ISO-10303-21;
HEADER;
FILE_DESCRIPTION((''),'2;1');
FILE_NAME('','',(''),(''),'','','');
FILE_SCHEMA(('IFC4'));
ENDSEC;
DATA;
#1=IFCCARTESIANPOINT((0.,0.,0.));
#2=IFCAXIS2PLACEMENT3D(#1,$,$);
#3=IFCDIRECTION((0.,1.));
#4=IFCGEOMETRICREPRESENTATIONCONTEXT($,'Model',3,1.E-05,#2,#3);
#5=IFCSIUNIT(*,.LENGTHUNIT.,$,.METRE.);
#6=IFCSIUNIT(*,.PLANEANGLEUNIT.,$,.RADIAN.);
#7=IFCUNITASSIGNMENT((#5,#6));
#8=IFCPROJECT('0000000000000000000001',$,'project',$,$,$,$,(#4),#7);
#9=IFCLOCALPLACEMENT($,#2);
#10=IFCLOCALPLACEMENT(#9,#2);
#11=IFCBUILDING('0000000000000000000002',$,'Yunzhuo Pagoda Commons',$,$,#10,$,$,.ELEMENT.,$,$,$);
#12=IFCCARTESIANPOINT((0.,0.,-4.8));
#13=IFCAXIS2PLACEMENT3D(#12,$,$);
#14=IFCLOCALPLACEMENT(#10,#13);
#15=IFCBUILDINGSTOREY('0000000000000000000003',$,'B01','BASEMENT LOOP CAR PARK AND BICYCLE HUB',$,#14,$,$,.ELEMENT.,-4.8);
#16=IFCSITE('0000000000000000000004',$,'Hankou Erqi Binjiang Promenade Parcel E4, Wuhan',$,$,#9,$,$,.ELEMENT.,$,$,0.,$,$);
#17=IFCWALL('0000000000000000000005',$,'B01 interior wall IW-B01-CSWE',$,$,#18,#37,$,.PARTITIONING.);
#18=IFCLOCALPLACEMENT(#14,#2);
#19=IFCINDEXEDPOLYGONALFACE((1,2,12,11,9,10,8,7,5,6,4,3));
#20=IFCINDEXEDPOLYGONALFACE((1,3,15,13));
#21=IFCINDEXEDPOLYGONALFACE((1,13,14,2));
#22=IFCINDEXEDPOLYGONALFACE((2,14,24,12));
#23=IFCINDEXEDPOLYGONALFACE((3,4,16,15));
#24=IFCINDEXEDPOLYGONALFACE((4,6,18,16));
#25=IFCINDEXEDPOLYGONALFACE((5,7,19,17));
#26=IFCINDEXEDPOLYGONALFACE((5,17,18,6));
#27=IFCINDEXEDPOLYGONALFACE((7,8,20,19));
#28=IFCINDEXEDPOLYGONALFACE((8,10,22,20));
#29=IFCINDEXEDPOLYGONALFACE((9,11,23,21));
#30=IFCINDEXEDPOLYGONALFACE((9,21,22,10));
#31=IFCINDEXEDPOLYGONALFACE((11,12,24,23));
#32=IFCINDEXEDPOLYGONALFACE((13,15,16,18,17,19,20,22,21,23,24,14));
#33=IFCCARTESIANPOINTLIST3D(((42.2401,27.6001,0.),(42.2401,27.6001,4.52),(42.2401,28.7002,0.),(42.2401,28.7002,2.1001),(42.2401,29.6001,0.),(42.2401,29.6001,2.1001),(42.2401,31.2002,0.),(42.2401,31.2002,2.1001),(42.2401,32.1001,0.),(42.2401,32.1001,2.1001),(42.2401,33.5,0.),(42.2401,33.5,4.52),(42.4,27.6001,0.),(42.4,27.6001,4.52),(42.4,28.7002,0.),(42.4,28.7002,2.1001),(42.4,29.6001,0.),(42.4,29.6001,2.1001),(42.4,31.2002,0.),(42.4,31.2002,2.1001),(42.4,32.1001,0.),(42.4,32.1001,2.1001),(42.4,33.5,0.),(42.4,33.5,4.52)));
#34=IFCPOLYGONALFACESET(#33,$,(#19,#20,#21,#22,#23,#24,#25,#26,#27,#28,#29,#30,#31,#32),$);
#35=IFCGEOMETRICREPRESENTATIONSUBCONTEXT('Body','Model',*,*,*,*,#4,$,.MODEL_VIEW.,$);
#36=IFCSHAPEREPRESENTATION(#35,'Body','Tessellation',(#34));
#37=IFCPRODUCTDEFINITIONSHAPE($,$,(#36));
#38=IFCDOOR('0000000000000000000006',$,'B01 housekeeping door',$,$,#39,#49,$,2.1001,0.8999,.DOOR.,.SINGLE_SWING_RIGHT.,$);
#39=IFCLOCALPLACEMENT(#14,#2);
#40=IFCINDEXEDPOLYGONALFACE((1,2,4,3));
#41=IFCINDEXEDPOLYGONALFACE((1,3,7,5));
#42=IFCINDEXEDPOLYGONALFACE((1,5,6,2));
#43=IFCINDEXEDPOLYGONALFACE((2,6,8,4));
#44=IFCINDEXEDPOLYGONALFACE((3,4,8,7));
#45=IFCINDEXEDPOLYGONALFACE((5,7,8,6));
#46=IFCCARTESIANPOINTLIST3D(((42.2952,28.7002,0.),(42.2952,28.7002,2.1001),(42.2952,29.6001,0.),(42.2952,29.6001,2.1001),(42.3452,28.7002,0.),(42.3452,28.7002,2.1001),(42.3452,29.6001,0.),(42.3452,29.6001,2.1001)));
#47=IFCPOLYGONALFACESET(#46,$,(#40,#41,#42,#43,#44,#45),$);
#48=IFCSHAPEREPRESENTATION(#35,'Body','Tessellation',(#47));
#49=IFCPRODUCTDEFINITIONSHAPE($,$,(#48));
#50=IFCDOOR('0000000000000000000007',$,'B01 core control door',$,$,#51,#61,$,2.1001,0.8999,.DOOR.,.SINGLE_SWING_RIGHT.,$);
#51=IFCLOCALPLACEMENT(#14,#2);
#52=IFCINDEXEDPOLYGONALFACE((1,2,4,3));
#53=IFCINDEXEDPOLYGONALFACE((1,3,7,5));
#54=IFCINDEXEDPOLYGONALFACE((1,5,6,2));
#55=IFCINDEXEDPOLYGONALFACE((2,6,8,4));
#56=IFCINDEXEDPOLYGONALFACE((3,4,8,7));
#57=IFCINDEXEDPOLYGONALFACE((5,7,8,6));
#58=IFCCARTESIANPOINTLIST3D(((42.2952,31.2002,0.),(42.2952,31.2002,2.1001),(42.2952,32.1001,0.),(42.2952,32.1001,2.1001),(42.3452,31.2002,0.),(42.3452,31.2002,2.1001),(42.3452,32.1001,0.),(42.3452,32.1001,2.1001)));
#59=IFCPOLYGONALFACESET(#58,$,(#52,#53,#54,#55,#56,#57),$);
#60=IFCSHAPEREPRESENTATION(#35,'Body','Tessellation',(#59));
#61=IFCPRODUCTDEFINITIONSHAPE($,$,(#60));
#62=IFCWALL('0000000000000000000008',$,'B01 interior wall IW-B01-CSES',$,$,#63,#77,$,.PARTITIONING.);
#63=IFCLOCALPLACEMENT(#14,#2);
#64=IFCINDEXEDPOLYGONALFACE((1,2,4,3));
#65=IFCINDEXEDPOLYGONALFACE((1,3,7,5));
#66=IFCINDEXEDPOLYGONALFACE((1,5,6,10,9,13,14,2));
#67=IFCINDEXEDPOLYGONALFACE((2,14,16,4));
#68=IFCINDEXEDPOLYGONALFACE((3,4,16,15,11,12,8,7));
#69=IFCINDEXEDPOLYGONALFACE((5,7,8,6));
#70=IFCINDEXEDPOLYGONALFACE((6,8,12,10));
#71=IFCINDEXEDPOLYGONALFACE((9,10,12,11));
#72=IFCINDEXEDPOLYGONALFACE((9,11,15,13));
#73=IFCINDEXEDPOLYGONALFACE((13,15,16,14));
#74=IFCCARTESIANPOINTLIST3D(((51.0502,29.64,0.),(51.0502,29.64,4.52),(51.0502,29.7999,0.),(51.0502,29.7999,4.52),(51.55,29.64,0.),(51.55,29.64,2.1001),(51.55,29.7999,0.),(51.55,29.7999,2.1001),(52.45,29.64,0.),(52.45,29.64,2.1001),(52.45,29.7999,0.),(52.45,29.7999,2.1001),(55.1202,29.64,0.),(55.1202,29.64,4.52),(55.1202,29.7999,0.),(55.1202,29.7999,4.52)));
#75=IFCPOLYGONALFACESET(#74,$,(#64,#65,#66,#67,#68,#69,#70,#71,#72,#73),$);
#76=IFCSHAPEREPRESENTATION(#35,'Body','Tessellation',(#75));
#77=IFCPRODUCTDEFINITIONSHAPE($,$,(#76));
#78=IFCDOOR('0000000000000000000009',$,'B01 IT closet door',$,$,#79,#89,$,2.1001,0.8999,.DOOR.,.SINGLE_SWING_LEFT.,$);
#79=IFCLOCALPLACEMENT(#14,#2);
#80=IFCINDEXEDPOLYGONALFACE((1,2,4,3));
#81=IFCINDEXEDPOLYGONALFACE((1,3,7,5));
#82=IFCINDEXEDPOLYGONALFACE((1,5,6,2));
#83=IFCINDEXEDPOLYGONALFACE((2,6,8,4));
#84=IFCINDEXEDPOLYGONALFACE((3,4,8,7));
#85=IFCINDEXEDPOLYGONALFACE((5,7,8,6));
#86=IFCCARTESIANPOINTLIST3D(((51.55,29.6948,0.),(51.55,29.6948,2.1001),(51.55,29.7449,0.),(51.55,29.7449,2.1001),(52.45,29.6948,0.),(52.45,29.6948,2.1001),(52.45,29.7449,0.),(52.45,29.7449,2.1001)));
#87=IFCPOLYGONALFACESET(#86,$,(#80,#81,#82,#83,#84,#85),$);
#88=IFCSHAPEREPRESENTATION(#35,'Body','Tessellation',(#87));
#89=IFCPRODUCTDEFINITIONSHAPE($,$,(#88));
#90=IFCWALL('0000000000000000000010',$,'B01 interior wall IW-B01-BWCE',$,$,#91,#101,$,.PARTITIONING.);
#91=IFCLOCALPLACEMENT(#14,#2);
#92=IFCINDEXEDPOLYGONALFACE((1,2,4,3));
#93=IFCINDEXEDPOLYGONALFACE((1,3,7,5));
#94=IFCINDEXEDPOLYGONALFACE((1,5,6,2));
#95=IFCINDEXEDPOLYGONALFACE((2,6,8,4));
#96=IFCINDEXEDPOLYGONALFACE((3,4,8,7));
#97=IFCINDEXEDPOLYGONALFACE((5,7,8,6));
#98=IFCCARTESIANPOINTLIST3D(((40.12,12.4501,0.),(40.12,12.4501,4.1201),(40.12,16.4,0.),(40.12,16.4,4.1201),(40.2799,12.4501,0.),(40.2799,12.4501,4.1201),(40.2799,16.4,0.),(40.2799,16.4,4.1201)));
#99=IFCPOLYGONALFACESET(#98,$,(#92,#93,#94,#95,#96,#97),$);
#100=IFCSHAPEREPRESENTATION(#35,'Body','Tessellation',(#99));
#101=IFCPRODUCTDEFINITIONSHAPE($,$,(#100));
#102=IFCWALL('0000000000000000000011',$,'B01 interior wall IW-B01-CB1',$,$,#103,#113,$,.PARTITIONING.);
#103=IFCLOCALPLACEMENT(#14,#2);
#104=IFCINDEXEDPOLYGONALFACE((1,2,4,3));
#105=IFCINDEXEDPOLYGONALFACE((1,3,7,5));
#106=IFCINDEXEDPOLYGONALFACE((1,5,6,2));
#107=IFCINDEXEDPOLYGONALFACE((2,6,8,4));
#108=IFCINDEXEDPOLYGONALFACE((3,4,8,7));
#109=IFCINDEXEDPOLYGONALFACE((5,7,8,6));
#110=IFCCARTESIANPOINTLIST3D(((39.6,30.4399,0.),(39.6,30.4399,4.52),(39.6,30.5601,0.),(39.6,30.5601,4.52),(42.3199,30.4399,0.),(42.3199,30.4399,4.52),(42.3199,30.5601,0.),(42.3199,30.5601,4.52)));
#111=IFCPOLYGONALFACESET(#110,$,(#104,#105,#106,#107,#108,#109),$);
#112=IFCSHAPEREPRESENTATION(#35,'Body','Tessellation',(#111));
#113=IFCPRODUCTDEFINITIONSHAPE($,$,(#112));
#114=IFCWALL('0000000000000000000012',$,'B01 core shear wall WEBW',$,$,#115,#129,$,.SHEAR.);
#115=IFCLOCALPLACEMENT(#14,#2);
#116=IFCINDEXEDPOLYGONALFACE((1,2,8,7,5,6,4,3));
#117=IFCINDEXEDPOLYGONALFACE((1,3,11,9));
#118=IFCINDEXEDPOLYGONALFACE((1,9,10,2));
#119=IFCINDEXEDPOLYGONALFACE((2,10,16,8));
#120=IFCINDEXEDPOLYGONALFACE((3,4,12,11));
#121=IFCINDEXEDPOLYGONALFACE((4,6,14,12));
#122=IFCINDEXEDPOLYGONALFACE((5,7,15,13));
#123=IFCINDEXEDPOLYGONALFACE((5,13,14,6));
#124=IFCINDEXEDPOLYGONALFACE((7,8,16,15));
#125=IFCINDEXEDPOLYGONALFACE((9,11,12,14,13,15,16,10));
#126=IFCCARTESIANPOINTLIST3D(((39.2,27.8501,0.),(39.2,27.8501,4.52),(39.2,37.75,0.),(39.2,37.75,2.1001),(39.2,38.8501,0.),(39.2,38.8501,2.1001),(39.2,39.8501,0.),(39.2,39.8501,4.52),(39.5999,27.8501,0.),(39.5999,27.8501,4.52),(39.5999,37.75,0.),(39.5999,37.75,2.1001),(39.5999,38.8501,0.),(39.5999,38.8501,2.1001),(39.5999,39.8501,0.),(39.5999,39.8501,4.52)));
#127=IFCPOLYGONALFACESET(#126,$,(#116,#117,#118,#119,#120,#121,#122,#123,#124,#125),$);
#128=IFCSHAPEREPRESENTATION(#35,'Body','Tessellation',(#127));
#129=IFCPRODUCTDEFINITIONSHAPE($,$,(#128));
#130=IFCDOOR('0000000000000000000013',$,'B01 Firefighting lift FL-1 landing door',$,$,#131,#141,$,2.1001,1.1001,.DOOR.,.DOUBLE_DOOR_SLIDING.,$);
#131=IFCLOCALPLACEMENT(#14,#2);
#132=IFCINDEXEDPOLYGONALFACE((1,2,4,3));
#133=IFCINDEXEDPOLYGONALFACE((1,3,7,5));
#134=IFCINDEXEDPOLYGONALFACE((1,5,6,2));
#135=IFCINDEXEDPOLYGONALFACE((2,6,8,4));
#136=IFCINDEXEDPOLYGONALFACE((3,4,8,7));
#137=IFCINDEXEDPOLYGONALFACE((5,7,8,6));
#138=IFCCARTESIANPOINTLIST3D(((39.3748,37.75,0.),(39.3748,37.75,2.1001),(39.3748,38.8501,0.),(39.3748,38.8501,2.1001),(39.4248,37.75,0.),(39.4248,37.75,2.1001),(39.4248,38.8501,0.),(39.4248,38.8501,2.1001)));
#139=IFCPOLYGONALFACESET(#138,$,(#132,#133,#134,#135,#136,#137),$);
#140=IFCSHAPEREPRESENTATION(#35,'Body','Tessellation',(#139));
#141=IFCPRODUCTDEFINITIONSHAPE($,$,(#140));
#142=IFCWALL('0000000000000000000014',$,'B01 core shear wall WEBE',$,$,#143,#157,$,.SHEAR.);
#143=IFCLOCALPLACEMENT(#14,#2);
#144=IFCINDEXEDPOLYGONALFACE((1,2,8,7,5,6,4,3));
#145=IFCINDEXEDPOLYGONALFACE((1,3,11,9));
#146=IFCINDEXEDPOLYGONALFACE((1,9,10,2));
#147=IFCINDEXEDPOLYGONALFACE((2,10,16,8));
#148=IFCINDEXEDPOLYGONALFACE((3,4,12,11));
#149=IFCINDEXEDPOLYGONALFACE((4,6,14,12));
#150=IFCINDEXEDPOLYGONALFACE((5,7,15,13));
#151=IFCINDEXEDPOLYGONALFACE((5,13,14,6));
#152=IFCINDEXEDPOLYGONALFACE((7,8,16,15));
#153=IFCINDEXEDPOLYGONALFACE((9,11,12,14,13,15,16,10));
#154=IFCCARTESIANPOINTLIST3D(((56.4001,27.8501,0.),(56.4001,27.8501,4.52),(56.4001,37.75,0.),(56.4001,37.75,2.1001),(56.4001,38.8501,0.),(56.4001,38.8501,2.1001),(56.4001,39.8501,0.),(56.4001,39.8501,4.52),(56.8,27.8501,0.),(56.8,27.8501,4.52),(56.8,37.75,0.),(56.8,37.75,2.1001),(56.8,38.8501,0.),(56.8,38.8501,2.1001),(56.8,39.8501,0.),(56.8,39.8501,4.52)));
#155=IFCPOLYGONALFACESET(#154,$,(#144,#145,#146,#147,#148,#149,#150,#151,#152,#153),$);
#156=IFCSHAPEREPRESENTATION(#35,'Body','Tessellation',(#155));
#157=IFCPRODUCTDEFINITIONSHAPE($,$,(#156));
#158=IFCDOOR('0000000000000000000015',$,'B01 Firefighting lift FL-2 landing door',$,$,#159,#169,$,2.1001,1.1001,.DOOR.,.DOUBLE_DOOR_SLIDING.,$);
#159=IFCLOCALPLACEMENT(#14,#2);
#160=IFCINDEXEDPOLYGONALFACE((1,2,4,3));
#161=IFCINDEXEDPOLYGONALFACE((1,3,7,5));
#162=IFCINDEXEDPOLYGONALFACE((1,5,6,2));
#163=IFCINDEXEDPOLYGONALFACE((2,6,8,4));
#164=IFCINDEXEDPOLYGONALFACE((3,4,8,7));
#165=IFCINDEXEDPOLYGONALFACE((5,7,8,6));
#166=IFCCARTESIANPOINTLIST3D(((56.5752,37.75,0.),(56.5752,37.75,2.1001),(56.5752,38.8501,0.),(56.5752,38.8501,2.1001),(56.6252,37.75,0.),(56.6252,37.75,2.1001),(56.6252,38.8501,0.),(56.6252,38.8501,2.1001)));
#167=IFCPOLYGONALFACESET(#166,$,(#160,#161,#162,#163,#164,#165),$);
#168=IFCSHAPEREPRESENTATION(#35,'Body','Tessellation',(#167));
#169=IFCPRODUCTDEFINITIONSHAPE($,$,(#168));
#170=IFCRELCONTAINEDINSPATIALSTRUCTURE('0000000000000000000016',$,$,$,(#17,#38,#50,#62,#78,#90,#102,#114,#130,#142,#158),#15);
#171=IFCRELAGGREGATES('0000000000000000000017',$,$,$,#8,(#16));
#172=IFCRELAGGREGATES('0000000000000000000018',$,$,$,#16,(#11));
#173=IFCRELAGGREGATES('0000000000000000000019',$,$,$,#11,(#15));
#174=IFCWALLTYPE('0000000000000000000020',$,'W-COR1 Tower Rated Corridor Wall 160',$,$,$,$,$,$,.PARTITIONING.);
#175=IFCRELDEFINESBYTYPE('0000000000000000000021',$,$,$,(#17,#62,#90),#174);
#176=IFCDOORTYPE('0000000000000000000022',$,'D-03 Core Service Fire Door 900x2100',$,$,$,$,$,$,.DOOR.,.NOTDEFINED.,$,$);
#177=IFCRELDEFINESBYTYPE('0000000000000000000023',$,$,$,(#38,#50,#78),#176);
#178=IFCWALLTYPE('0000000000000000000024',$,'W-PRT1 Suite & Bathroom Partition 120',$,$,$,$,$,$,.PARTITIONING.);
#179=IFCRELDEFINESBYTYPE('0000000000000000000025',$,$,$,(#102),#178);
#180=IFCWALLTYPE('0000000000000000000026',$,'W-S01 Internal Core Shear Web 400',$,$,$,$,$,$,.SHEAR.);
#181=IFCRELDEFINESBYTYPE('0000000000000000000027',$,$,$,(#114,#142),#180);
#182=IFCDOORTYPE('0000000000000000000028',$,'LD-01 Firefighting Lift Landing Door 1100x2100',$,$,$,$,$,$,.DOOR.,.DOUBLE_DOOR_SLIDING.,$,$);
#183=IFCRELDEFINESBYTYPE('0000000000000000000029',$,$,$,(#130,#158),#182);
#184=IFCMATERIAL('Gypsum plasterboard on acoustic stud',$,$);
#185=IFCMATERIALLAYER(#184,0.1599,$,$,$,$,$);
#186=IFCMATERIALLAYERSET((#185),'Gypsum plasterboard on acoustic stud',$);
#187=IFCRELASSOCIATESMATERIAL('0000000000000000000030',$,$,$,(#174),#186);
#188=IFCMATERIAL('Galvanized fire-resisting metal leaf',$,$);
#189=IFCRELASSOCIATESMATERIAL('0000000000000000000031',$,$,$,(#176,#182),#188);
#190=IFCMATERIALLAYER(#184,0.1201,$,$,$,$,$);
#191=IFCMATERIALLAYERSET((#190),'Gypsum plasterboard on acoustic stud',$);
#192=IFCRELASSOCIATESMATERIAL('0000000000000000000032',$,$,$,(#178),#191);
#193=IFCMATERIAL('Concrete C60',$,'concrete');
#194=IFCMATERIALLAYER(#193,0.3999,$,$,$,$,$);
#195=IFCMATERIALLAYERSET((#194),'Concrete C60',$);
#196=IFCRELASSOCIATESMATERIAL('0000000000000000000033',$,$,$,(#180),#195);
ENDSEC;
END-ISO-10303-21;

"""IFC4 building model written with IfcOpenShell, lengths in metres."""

from ifc_helpers import new_model, si_unit, direction, frame, frame_2d, origin, origin_with_axes, place, context, subcontext, project, spatial, rectangle, extrude, source, transform, mapped, material, layer, layer_set, type_object, element, fill, save


model = new_model("IFC4")

# Units and contexts
model_context = context("Model", 3, precision=1e-05, world=origin(), true_north=direction((0.0, 1.0)))
body_context = subcontext(model_context, "Body", "Model", "MODEL_VIEW")
ifc_project = project(units=[si_unit("LENGTHUNIT", "METRE"), si_unit("PLANEANGLEUNIT", "RADIAN")], contexts=[model_context])

# Site, building, storey
site_placement = place(None, origin())
site = spatial("IfcSite", under=ifc_project, at=site_placement, Name="Hankou Erqi Binjiang Promenade Parcel E4, Wuhan", CompositionType="ELEMENT", RefElevation=0.0)
building_placement = place(site_placement, origin())
building = spatial("IfcBuilding", under=site, at=building_placement, Name="Yunzhuo Pagoda Commons", CompositionType="ELEMENT")
storey_placement = place(building_placement, frame((0.0, 0.0, -4.8)))
storey = spatial("IfcBuildingStorey", under=building, at=storey_placement, Name="B01", Description="BASEMENT LOOP CAR PARK AND BICYCLE HUB", CompositionType="ELEMENT", Elevation=-4.8)

# Wall, openings, doors
ifc_material_1 = material(Name="Gypsum plasterboard on acoustic stud")
ifc_layer_1 = layer(ifc_material_1, 0.1599)
ifc_layer_set_1 = layer_set([ifc_layer_1], Name="Gypsum plasterboard on acoustic stud")
wall_type_1 = type_object("IfcWallType", Name="W-COR1 Tower Rated Corridor Wall 160", PredefinedType="PARTITIONING", material=ifc_layer_set_1)
wall_1_placement = place(storey_placement, frame((42.3201, 27.6001, 0.0), z_axis=(0.0, 0.0, 1.0), x_axis=(0.0, 1.0, 0.0)))
wall_1 = element("IfcWall", 1, at=wall_1_placement, inside=storey, type_object=wall_type_1, Name="B01 interior wall IW-B01-CSWE", PredefinedType="PARTITIONING", context=body_context, shape_type="SweptSolid", body=[
    extrude(rectangle(XDim=5.8999, YDim=0.1599, at=frame_2d((2.95, 0.0))), origin(), (0.0, 0.0, 1.0), 4.52),
])
opening_1_placement = place(wall_1_placement, frame((1.1001, 0.0, 0.0)))
opening_1 = element("IfcOpeningElement", 2, at=opening_1_placement, cuts=wall_1, PredefinedType="OPENING", context=body_context, shape_type="SweptSolid", body=[
    extrude(rectangle(XDim=0.8999, YDim=2.1001, at=frame_2d((0.45, 1.05))), frame((0.0, 0.0898, 0.0), z_axis=(0.0, -1.0, 0.0), x_axis=(1.0, 0.0, 0.0)), (0.0, 0.0, 1.0), 0.1799),
])
opening_2_placement = place(wall_1_placement, frame((3.6001, 0.0, 0.0)))
opening_2 = element("IfcOpeningElement", 3, at=opening_2_placement, cuts=wall_1, PredefinedType="OPENING", context=body_context, shape_type="SweptSolid", body=[
    extrude(rectangle(XDim=0.8999, YDim=2.1001, at=frame_2d((0.45, 1.05))), frame((0.0, 0.0898, 0.0), z_axis=(0.0, -1.0, 0.0), x_axis=(1.0, 0.0, 0.0)), (0.0, 0.0, 1.0), 0.1799),
])
ifc_material_2 = material(Name="Galvanized fire-resisting metal leaf")
door_type_1 = type_object("IfcDoorType", Name="D-03 Core Service Fire Door 900x2100", OperationType="NOTDEFINED", PredefinedType="DOOR", material=ifc_material_2)
shared_shape_1 = source(origin(), body_context, "Body", "SweptSolid", [
    extrude(rectangle(XDim=0.8999, YDim=2.1001, at=frame_2d((0.45, 1.05))), frame((0.0, 0.0249, 0.0), z_axis=(0.0, -1.0, 0.0), x_axis=(1.0, 0.0, 0.0)), (0.0, 0.0, 1.0), 0.05),
])
door_1_placement = place(opening_1_placement, origin_with_axes())
door_1 = element("IfcDoor", 4, at=door_1_placement, inside=storey, type_object=door_type_1, Name="B01 housekeeping door", OperationType="SINGLE_SWING_RIGHT", OverallHeight=2.1001, OverallWidth=0.8999, PredefinedType="DOOR", context=body_context, shape_type="MappedRepresentation", body=[
    mapped(shared_shape_1, transform((0.0, 0.0, 0.0), scale=1.0)),
])
fill(opening_1, door_1)
door_2_placement = place(opening_2_placement, origin_with_axes())
door_2 = element("IfcDoor", 5, at=door_2_placement, inside=storey, type_object=door_type_1, Name="B01 core control door", OperationType="SINGLE_SWING_RIGHT", OverallHeight=2.1001, OverallWidth=0.8999, PredefinedType="DOOR", context=body_context, shape_type="MappedRepresentation", body=[
    mapped(shared_shape_1, transform((0.0, 0.0, 0.0), scale=1.0)),
])
fill(opening_2, door_2)

# Wall, opening, door
wall_2_placement = place(storey_placement, frame((51.05, 29.72, 0.0), z_axis=(0.0, 0.0, 1.0), x_axis=(1.0, 0.0, 0.0)))
wall_2 = element("IfcWall", 6, at=wall_2_placement, inside=storey, type_object=wall_type_1, Name="B01 interior wall IW-B01-CSES", PredefinedType="PARTITIONING", context=body_context, shape_type="SweptSolid", body=[
    extrude(rectangle(XDim=4.0701, YDim=0.1599, at=frame_2d((2.0352, 0.0))), origin(), (0.0, 0.0, 1.0), 4.52),
])
opening_3_placement = place(wall_2_placement, frame((0.5, 0.0, 0.0)))
opening_3 = element("IfcOpeningElement", 7, at=opening_3_placement, cuts=wall_2, PredefinedType="OPENING", context=body_context, shape_type="SweptSolid", body=[
    extrude(rectangle(XDim=0.8999, YDim=2.1001, at=frame_2d((0.45, 1.05))), frame((0.0, 0.0898, 0.0), z_axis=(0.0, -1.0, 0.0), x_axis=(1.0, 0.0, 0.0)), (0.0, 0.0, 1.0), 0.1799),
])
door_3_placement = place(opening_3_placement, origin_with_axes())
door_3 = element("IfcDoor", 8, at=door_3_placement, inside=storey, type_object=door_type_1, Name="B01 IT closet door", OperationType="SINGLE_SWING_LEFT", OverallHeight=2.1001, OverallWidth=0.8999, PredefinedType="DOOR", context=body_context, shape_type="MappedRepresentation", body=[
    mapped(shared_shape_1, transform((0.0, 0.0, 0.0), scale=1.0)),
])
fill(opening_3, door_3)

# Walls
wall_3_placement = place(storey_placement, frame((40.2, 12.45, 0.0), z_axis=(0.0, 0.0, 1.0), x_axis=(0.0, 1.0, 0.0)))
element("IfcWall", 9, at=wall_3_placement, inside=storey, type_object=wall_type_1, Name="B01 interior wall IW-B01-BWCE", PredefinedType="PARTITIONING", context=body_context, shape_type="SweptSolid", body=[
    extrude(rectangle(XDim=3.95, YDim=0.1599, at=frame_2d((1.9751, 0.0))), origin(), (0.0, 0.0, 1.0), 4.1201),
])
ifc_layer_2 = layer(ifc_material_1, 0.1201)
ifc_layer_set_2 = layer_set([ifc_layer_2], Name="Gypsum plasterboard on acoustic stud")
wall_type_2 = type_object("IfcWallType", Name="W-PRT1 Suite & Bathroom Partition 120", PredefinedType="PARTITIONING", material=ifc_layer_set_2)
wall_4_placement = place(storey_placement, frame((39.6001, 30.5, 0.0), z_axis=(0.0, 0.0, 1.0), x_axis=(1.0, 0.0, 0.0)))
element("IfcWall", 10, at=wall_4_placement, inside=storey, type_object=wall_type_2, Name="B01 interior wall IW-B01-CB1", PredefinedType="PARTITIONING", context=body_context, shape_type="SweptSolid", body=[
    extrude(rectangle(XDim=2.72, YDim=0.1201, at=frame_2d((1.3599, 0.0))), origin(), (0.0, 0.0, 1.0), 4.52),
])

# Walls, openings, doors
ifc_material_3 = material(Name="Concrete C60", Category="concrete")
ifc_layer_3 = layer(ifc_material_3, 0.3999)
ifc_layer_set_3 = layer_set([ifc_layer_3], Name="Concrete C60")
wall_type_3 = type_object("IfcWallType", Name="W-S01 Internal Core Shear Web 400", PredefinedType="SHEAR", material=ifc_layer_set_3)
wall_5_placement = place(storey_placement, frame((39.3999, 27.8501, 0.0), z_axis=(0.0, 0.0, 1.0), x_axis=(0.0, 1.0, 0.0)))
wall_5 = element("IfcWall", 11, at=wall_5_placement, inside=storey, type_object=wall_type_3, Name="B01 core shear wall WEBW", PredefinedType="SHEAR", context=body_context, shape_type="SweptSolid", body=[
    extrude(rectangle(XDim=12.0, YDim=0.3999, at=frame_2d((6.0, 0.0))), origin(), (0.0, 0.0, 1.0), 4.52),
])
opening_4_placement = place(wall_5_placement, frame((9.8999, 0.0, 0.0)))
opening_4 = element("IfcOpeningElement", 12, at=opening_4_placement, cuts=wall_5, PredefinedType="OPENING", context=body_context, shape_type="SweptSolid", body=[
    extrude(rectangle(XDim=1.1001, YDim=2.1001, at=frame_2d((0.55, 1.05))), frame((0.0, 0.21, 0.0), z_axis=(0.0, -1.0, 0.0), x_axis=(1.0, 0.0, 0.0)), (0.0, 0.0, 1.0), 0.4199),
])
door_type_2 = type_object("IfcDoorType", Name="LD-01 Firefighting Lift Landing Door 1100x2100", OperationType="DOUBLE_DOOR_SLIDING", PredefinedType="DOOR", material=ifc_material_2)
shared_shape_2 = source(origin(), body_context, "Body", "SweptSolid", [
    extrude(rectangle(XDim=1.1001, YDim=2.1001, at=frame_2d((0.55, 1.05))), frame((0.0, 0.0249, 0.0), z_axis=(0.0, -1.0, 0.0), x_axis=(1.0, 0.0, 0.0)), (0.0, 0.0, 1.0), 0.05),
])
door_4_placement = place(opening_4_placement, frame((1.1001, 0.0, 0.0), z_axis=(0.0, 0.0, 1.0), x_axis=(-1.0, 0.0, 0.0)))
door_4 = element("IfcDoor", 13, at=door_4_placement, inside=storey, type_object=door_type_2, Name="B01 Firefighting lift FL-1 landing door", OperationType="DOUBLE_DOOR_SLIDING", OverallHeight=2.1001, OverallWidth=1.1001, PredefinedType="DOOR", context=body_context, shape_type="MappedRepresentation", body=[
    mapped(shared_shape_2, transform((0.0, 0.0, 0.0), scale=1.0)),
])
fill(opening_4, door_4)
wall_6_placement = place(storey_placement, frame((56.6001, 27.8501, 0.0), z_axis=(0.0, 0.0, 1.0), x_axis=(0.0, 1.0, 0.0)))
wall_6 = element("IfcWall", 14, at=wall_6_placement, inside=storey, type_object=wall_type_3, Name="B01 core shear wall WEBE", PredefinedType="SHEAR", context=body_context, shape_type="SweptSolid", body=[
    extrude(rectangle(XDim=12.0, YDim=0.3999, at=frame_2d((6.0, 0.0))), origin(), (0.0, 0.0, 1.0), 4.52),
])
opening_5_placement = place(wall_6_placement, frame((9.8999, 0.0, 0.0)))
opening_5 = element("IfcOpeningElement", 15, at=opening_5_placement, cuts=wall_6, PredefinedType="OPENING", context=body_context, shape_type="SweptSolid", body=[
    extrude(rectangle(XDim=1.1001, YDim=2.1001, at=frame_2d((0.55, 1.05))), frame((0.0, 0.21, 0.0), z_axis=(0.0, -1.0, 0.0), x_axis=(1.0, 0.0, 0.0)), (0.0, 0.0, 1.0), 0.4199),
])
door_5_placement = place(opening_5_placement, origin_with_axes())
door_5 = element("IfcDoor", 16, at=door_5_placement, inside=storey, type_object=door_type_2, Name="B01 Firefighting lift FL-2 landing door", OperationType="DOUBLE_DOOR_SLIDING", OverallHeight=2.1001, OverallWidth=1.1001, PredefinedType="DOOR", context=body_context, shape_type="MappedRepresentation", body=[
    mapped(shared_shape_2, transform((0.0, 0.0, 0.0), scale=1.0)),
])
fill(opening_5, door_5)

save(model, "model.ifc")
